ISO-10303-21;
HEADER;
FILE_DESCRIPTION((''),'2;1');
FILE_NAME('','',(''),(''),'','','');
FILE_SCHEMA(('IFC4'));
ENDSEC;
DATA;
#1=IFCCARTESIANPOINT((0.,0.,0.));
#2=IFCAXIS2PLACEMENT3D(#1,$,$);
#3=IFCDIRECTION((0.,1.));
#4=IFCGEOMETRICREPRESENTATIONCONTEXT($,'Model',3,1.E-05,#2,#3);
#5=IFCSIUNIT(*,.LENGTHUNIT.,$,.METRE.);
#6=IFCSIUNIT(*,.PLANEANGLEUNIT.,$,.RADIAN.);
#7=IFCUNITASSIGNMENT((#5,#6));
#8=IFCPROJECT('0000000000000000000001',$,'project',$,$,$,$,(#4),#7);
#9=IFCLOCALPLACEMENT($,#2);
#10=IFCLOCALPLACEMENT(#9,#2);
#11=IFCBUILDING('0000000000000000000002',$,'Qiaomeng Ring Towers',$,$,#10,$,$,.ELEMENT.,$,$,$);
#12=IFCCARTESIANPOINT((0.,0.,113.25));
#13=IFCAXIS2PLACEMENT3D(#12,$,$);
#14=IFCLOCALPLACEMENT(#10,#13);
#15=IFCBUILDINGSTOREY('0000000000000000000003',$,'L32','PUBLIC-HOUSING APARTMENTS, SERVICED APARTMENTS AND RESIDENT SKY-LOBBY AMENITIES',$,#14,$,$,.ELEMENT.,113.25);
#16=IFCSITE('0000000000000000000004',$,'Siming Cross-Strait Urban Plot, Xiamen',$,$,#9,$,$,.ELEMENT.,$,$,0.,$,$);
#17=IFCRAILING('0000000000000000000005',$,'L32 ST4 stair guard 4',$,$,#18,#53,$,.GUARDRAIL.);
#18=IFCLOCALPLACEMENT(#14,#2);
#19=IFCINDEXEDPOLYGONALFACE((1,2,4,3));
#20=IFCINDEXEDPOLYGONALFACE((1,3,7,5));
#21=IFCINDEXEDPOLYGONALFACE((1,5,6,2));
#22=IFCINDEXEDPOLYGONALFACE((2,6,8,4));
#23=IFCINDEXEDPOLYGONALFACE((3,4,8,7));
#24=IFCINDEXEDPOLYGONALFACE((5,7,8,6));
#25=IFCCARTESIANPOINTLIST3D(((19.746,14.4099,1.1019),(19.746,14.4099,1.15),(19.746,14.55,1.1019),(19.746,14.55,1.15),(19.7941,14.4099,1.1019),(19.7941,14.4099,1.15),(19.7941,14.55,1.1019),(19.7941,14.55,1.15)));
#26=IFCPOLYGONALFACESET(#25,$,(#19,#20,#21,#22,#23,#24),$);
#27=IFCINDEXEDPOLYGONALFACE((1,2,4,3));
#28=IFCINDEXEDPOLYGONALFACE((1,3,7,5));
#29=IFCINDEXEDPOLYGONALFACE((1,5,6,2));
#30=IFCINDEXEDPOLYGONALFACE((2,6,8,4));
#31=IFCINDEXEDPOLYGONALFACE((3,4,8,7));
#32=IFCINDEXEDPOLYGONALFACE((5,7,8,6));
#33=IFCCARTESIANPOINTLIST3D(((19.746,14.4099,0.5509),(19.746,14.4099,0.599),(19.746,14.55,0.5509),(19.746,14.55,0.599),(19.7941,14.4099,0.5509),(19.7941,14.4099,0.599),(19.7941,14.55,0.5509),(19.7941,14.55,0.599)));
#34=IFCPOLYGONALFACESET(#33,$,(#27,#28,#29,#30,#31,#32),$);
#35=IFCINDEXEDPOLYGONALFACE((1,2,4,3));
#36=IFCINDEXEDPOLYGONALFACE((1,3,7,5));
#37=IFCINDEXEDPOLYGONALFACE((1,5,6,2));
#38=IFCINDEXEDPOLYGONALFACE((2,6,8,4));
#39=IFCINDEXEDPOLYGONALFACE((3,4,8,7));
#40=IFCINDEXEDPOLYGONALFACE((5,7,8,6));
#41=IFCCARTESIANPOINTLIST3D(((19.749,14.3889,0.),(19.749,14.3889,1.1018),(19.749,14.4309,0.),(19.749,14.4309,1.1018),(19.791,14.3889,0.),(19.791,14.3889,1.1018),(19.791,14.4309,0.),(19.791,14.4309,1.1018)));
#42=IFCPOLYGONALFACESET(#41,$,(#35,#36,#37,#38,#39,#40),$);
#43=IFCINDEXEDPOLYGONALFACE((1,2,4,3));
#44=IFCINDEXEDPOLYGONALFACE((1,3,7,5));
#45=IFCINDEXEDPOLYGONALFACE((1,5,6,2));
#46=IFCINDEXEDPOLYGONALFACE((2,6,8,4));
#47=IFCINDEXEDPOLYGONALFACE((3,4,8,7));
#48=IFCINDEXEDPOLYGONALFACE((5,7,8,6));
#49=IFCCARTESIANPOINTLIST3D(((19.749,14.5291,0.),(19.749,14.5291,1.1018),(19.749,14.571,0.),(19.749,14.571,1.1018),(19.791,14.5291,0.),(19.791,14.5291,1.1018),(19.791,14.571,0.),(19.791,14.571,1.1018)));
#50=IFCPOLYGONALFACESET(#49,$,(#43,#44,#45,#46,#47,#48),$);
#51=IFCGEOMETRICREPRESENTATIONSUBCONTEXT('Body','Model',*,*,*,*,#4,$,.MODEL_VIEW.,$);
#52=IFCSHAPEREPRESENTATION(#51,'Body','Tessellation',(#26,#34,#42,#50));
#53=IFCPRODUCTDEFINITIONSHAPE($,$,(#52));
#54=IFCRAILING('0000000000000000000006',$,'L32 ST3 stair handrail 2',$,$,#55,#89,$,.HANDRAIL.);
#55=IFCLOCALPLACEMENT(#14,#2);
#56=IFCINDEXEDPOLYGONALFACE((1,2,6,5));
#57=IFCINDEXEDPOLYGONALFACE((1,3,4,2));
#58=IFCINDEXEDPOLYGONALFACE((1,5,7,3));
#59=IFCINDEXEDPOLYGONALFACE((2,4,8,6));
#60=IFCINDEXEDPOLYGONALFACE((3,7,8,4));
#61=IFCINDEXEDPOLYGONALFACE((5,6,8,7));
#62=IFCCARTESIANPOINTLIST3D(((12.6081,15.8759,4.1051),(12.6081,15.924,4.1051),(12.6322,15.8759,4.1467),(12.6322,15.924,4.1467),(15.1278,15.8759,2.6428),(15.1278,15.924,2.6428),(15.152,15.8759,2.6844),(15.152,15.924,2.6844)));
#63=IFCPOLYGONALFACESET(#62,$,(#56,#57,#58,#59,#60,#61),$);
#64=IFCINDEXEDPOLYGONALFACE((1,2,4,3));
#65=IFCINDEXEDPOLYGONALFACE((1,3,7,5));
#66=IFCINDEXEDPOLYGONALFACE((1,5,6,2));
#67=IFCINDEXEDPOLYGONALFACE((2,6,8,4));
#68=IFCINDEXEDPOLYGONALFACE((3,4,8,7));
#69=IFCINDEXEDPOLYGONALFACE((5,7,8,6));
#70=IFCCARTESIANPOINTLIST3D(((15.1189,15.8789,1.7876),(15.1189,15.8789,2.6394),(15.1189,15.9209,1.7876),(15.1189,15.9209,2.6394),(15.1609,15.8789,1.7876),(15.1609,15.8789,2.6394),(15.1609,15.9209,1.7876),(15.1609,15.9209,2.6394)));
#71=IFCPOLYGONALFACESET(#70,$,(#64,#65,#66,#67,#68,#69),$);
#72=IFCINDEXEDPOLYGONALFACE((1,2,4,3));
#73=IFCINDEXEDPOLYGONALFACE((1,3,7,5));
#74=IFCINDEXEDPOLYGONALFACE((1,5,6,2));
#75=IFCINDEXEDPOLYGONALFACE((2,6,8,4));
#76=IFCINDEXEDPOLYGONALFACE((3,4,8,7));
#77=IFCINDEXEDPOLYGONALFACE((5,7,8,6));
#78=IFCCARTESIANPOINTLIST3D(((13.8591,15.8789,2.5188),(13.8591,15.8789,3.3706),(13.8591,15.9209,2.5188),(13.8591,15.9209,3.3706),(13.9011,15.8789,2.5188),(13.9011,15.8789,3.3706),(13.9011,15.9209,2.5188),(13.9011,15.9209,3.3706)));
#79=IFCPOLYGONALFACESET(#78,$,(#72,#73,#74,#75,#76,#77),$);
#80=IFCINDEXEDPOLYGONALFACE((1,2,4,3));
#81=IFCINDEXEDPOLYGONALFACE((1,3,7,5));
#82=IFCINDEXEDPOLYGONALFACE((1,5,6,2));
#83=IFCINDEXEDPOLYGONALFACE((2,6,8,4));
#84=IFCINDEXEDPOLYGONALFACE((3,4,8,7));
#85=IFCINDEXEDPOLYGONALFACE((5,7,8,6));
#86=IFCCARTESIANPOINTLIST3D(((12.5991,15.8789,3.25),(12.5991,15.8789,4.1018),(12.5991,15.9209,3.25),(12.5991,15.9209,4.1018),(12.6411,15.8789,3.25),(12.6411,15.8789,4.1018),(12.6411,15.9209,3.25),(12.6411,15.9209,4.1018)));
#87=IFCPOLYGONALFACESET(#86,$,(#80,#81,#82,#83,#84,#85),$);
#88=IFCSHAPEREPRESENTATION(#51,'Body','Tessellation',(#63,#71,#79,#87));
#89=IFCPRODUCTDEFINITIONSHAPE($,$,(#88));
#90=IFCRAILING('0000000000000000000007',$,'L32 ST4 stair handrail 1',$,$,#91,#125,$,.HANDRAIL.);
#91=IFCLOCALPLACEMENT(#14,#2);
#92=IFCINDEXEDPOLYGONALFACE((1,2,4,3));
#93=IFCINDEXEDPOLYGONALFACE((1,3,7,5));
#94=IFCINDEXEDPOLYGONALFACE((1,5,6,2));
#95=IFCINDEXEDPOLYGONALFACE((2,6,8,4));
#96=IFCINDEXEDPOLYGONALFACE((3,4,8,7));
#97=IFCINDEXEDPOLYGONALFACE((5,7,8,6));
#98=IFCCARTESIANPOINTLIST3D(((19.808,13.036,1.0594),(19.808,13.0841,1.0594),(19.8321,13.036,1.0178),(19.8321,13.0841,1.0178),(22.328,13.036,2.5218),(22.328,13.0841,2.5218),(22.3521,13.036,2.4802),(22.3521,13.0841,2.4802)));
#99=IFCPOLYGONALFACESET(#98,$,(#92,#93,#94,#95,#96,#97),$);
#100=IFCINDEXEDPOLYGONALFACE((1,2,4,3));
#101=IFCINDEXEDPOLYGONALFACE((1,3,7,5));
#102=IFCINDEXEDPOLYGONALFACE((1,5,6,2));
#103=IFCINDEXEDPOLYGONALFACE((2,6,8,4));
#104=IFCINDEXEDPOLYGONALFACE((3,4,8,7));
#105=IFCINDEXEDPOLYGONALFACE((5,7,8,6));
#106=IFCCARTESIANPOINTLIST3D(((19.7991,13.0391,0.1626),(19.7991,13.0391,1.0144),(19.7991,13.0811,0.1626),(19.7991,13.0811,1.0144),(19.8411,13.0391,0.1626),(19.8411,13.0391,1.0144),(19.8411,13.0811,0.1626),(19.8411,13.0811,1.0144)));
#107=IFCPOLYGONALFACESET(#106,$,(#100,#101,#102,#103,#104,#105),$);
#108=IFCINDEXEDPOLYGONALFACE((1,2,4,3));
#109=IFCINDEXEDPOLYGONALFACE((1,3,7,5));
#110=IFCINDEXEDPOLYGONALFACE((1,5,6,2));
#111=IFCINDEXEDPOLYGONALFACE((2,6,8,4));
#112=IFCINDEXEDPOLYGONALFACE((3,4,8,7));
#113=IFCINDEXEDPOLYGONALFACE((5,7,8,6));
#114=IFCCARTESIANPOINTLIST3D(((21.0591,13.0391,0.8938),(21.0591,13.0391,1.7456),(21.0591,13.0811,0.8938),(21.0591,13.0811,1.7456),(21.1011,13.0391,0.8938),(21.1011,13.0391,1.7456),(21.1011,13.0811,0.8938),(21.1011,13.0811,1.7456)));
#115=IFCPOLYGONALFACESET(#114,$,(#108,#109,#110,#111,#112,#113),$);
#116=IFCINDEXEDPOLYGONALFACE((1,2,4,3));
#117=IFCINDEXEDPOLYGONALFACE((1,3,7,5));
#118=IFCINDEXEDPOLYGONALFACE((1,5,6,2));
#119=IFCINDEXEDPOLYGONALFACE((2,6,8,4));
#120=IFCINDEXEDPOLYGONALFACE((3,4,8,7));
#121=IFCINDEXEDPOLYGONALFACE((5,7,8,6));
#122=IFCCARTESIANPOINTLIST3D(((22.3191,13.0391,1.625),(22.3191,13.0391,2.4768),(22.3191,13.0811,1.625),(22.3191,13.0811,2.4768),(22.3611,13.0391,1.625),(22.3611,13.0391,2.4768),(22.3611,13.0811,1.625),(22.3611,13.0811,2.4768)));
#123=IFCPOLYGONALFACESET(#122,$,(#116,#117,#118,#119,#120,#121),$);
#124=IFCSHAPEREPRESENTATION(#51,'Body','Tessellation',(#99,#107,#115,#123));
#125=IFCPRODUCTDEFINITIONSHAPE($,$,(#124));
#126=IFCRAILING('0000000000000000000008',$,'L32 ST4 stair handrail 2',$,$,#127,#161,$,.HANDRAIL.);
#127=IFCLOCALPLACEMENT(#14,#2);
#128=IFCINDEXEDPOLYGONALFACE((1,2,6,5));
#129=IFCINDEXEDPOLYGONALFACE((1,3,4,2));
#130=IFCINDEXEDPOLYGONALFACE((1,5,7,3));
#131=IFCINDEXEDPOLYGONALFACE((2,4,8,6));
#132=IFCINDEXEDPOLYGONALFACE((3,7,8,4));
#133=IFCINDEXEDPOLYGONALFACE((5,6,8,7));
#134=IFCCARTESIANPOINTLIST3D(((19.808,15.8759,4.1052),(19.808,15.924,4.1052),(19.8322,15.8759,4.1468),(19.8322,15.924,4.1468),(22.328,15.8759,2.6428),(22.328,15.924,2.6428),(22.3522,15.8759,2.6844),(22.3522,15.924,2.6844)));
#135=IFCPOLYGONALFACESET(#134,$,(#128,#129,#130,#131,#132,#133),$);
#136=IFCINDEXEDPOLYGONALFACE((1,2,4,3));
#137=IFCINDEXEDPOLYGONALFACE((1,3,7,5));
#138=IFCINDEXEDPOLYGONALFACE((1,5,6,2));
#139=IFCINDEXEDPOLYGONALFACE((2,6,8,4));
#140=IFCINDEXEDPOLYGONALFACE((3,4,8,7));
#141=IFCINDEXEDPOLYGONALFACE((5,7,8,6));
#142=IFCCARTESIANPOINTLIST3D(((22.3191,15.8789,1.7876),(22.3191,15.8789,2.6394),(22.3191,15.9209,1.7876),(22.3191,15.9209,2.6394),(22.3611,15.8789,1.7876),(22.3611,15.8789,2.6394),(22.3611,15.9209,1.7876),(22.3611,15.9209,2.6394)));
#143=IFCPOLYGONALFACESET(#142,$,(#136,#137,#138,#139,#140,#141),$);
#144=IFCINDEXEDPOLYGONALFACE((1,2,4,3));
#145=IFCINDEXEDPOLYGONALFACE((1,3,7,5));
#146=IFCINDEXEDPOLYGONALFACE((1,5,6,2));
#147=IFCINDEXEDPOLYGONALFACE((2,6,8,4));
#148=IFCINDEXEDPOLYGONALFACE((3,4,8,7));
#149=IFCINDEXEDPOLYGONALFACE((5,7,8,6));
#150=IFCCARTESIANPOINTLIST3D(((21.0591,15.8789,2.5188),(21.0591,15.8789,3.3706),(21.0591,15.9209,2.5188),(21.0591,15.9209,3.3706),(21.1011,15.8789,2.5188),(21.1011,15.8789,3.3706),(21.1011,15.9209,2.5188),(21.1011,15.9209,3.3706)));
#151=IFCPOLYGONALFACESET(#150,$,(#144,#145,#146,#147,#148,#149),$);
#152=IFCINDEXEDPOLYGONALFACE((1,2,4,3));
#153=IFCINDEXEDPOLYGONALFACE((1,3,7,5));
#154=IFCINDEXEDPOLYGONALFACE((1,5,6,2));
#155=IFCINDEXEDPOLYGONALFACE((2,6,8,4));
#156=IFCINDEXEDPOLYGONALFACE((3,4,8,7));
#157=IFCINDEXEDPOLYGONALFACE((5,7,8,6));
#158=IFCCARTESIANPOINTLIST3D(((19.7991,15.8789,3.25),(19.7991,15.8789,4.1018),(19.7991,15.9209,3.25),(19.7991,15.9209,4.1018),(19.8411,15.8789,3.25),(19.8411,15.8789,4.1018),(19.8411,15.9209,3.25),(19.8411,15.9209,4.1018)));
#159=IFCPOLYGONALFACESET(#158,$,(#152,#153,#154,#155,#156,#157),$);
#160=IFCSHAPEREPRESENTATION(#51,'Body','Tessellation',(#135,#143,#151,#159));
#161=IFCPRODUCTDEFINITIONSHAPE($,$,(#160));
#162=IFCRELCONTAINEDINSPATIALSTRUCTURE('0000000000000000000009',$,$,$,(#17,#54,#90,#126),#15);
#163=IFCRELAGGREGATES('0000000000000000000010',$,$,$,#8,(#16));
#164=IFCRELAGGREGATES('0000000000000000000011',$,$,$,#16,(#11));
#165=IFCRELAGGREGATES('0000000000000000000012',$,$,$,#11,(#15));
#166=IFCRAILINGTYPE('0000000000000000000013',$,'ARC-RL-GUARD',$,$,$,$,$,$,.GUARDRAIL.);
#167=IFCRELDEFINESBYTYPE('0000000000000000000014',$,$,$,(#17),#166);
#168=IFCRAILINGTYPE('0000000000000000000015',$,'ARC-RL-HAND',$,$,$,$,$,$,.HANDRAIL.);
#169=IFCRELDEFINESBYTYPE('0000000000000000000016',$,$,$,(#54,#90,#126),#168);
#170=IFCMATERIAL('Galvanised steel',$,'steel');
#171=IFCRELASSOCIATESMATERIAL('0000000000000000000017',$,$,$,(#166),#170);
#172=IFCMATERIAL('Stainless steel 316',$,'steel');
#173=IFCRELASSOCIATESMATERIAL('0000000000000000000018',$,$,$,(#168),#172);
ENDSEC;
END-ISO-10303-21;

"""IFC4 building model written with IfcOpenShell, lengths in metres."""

from ifc_helpers import new_model, si_unit, direction, frame, origin, origin_2d, place, context, subcontext, project, spatial, rectangle, extrude, material, type_object, element, save


model = new_model("IFC4")

# Units and contexts
model_context = context("Model", 3, precision=1e-05, world=origin(), true_north=direction((0.0, 1.0)))
body_context = subcontext(model_context, "Body", "Model", "MODEL_VIEW")
ifc_project = project(units=[si_unit("LENGTHUNIT", "METRE"), si_unit("PLANEANGLEUNIT", "RADIAN")], contexts=[model_context])

# Site, building, storey
site_placement = place(None, origin())
site = spatial("IfcSite", under=ifc_project, at=site_placement, Name="Siming Cross-Strait Urban Plot, Xiamen", CompositionType="ELEMENT", RefElevation=0.0)
building_placement = place(site_placement, origin())
building = spatial("IfcBuilding", under=site, at=building_placement, Name="Qiaomeng Ring Towers", CompositionType="ELEMENT")
storey_placement = place(building_placement, frame((0.0, 0.0, 113.25)))
storey = spatial("IfcBuildingStorey", under=building, at=storey_placement, Name="L32", Description="PUBLIC-HOUSING APARTMENTS, SERVICED APARTMENTS AND RESIDENT SKY-LOBBY AMENITIES", CompositionType="ELEMENT", Elevation=113.25)

# Railings
ifc_material_1 = material(Name="Galvanised steel", Category="steel")
railing_type_1 = type_object("IfcRailingType", Name="ARC-RL-GUARD", PredefinedType="GUARDRAIL", material=ifc_material_1)
railing_1_placement = place(storey_placement, frame((19.77, 14.4099, 0.0)))
element("IfcRailing", 1, at=railing_1_placement, inside=storey, type_object=railing_type_1, Name="L32 ST4 stair guard 4", PredefinedType="GUARDRAIL", context=body_context, shape_type="SweptSolid", body=[
    extrude(rectangle(XDim=0.0481, YDim=0.0481, at=origin_2d()), frame((0.0, 0.0, 1.126), z_axis=(0.0, 1.0, 0.0), x_axis=(-1.0, 0.0, 0.0)), (0.0, 0.0, 1.0), 0.1401),
    extrude(rectangle(XDim=0.0481, YDim=0.0481, at=origin_2d()), frame((0.0, 0.0, 0.575), z_axis=(0.0, 1.0, 0.0), x_axis=(-1.0, 0.0, 0.0)), (0.0, 0.0, 1.0), 0.1401),
    extrude(rectangle(XDim=0.042, YDim=0.042, at=origin_2d()), origin(), (0.0, 0.0, 1.0), 1.1018),
    extrude(rectangle(XDim=0.042, YDim=0.042, at=origin_2d()), frame((0.0, 0.1401, 0.0)), (0.0, 0.0, 1.0), 1.1018),
])
ifc_material_2 = material(Name="Stainless steel 316", Category="steel")
railing_type_2 = type_object("IfcRailingType", Name="ARC-RL-HAND", PredefinedType="HANDRAIL", material=ifc_material_2)
railing_2_placement = place(storey_placement, frame((15.1399, 15.8999, 1.7876)))
element("IfcRailing", 2, at=railing_2_placement, inside=storey, type_object=railing_type_2, Name="L32 ST3 stair handrail 2", PredefinedType="HANDRAIL", context=body_context, shape_type="SweptSolid", body=[
    extrude(rectangle(XDim=0.0481, YDim=0.0481, at=origin_2d()), frame((0.0, 0.0, 0.876), z_axis=(-0.864892, 0.0, 0.501958), x_axis=(0.0, -1.0, 0.0)), (0.0, 0.0, 1.0), 2.9133),
    extrude(rectangle(XDim=0.042, YDim=0.042, at=origin_2d()), origin(), (0.0, 0.0, 1.0), 0.8518),
    extrude(rectangle(XDim=0.042, YDim=0.042, at=origin_2d()), frame((-1.2598, 0.0, 0.7312)), (0.0, 0.0, 1.0), 0.8518),
    extrude(rectangle(XDim=0.042, YDim=0.042, at=origin_2d()), frame((-2.5198, 0.0, 1.4624)), (0.0, 0.0, 1.0), 0.8518),
])
railing_3_placement = place(storey_placement, frame((19.8201, 13.0601, 0.1626)))
element("IfcRailing", 3, at=railing_3_placement, inside=storey, type_object=railing_type_2, Name="L32 ST4 stair handrail 1", PredefinedType="HANDRAIL", context=body_context, shape_type="SweptSolid", body=[
    extrude(rectangle(XDim=0.0481, YDim=0.0481, at=origin_2d()), frame((0.0, 0.0, 0.876), z_axis=(0.864913, 0.0, 0.501921), x_axis=(0.0, 1.0, 0.0)), (0.0, 0.0, 1.0), 2.9136),
    extrude(rectangle(XDim=0.042, YDim=0.042, at=origin_2d()), origin(), (0.0, 0.0, 1.0), 0.8518),
    extrude(rectangle(XDim=0.042, YDim=0.042, at=origin_2d()), frame((1.26, 0.0, 0.7312)), (0.0, 0.0, 1.0), 0.8518),
    extrude(rectangle(XDim=0.042, YDim=0.042, at=origin_2d()), frame((2.52, 0.0, 1.4624)), (0.0, 0.0, 1.0), 0.8518),
])
railing_4_placement = place(storey_placement, frame((22.3401, 15.8999, 1.7876)))
element("IfcRailing", 4, at=railing_4_placement, inside=storey, type_object=railing_type_2, Name="L32 ST4 stair handrail 2", PredefinedType="HANDRAIL", context=body_context, shape_type="SweptSolid", body=[
    extrude(rectangle(XDim=0.0481, YDim=0.0481, at=origin_2d()), frame((0.0, 0.0, 0.876), z_axis=(-0.864913, 0.0, 0.501921), x_axis=(0.0, -1.0, 0.0)), (0.0, 0.0, 1.0), 2.9136),
    extrude(rectangle(XDim=0.042, YDim=0.042, at=origin_2d()), origin(), (0.0, 0.0, 1.0), 0.8518),
    extrude(rectangle(XDim=0.042, YDim=0.042, at=origin_2d()), frame((-1.26, 0.0, 0.7312)), (0.0, 0.0, 1.0), 0.8518),
    extrude(rectangle(XDim=0.042, YDim=0.042, at=origin_2d()), frame((-2.52, 0.0, 1.4624)), (0.0, 0.0, 1.0), 0.8518),
])

save(model, "model.ifc")
